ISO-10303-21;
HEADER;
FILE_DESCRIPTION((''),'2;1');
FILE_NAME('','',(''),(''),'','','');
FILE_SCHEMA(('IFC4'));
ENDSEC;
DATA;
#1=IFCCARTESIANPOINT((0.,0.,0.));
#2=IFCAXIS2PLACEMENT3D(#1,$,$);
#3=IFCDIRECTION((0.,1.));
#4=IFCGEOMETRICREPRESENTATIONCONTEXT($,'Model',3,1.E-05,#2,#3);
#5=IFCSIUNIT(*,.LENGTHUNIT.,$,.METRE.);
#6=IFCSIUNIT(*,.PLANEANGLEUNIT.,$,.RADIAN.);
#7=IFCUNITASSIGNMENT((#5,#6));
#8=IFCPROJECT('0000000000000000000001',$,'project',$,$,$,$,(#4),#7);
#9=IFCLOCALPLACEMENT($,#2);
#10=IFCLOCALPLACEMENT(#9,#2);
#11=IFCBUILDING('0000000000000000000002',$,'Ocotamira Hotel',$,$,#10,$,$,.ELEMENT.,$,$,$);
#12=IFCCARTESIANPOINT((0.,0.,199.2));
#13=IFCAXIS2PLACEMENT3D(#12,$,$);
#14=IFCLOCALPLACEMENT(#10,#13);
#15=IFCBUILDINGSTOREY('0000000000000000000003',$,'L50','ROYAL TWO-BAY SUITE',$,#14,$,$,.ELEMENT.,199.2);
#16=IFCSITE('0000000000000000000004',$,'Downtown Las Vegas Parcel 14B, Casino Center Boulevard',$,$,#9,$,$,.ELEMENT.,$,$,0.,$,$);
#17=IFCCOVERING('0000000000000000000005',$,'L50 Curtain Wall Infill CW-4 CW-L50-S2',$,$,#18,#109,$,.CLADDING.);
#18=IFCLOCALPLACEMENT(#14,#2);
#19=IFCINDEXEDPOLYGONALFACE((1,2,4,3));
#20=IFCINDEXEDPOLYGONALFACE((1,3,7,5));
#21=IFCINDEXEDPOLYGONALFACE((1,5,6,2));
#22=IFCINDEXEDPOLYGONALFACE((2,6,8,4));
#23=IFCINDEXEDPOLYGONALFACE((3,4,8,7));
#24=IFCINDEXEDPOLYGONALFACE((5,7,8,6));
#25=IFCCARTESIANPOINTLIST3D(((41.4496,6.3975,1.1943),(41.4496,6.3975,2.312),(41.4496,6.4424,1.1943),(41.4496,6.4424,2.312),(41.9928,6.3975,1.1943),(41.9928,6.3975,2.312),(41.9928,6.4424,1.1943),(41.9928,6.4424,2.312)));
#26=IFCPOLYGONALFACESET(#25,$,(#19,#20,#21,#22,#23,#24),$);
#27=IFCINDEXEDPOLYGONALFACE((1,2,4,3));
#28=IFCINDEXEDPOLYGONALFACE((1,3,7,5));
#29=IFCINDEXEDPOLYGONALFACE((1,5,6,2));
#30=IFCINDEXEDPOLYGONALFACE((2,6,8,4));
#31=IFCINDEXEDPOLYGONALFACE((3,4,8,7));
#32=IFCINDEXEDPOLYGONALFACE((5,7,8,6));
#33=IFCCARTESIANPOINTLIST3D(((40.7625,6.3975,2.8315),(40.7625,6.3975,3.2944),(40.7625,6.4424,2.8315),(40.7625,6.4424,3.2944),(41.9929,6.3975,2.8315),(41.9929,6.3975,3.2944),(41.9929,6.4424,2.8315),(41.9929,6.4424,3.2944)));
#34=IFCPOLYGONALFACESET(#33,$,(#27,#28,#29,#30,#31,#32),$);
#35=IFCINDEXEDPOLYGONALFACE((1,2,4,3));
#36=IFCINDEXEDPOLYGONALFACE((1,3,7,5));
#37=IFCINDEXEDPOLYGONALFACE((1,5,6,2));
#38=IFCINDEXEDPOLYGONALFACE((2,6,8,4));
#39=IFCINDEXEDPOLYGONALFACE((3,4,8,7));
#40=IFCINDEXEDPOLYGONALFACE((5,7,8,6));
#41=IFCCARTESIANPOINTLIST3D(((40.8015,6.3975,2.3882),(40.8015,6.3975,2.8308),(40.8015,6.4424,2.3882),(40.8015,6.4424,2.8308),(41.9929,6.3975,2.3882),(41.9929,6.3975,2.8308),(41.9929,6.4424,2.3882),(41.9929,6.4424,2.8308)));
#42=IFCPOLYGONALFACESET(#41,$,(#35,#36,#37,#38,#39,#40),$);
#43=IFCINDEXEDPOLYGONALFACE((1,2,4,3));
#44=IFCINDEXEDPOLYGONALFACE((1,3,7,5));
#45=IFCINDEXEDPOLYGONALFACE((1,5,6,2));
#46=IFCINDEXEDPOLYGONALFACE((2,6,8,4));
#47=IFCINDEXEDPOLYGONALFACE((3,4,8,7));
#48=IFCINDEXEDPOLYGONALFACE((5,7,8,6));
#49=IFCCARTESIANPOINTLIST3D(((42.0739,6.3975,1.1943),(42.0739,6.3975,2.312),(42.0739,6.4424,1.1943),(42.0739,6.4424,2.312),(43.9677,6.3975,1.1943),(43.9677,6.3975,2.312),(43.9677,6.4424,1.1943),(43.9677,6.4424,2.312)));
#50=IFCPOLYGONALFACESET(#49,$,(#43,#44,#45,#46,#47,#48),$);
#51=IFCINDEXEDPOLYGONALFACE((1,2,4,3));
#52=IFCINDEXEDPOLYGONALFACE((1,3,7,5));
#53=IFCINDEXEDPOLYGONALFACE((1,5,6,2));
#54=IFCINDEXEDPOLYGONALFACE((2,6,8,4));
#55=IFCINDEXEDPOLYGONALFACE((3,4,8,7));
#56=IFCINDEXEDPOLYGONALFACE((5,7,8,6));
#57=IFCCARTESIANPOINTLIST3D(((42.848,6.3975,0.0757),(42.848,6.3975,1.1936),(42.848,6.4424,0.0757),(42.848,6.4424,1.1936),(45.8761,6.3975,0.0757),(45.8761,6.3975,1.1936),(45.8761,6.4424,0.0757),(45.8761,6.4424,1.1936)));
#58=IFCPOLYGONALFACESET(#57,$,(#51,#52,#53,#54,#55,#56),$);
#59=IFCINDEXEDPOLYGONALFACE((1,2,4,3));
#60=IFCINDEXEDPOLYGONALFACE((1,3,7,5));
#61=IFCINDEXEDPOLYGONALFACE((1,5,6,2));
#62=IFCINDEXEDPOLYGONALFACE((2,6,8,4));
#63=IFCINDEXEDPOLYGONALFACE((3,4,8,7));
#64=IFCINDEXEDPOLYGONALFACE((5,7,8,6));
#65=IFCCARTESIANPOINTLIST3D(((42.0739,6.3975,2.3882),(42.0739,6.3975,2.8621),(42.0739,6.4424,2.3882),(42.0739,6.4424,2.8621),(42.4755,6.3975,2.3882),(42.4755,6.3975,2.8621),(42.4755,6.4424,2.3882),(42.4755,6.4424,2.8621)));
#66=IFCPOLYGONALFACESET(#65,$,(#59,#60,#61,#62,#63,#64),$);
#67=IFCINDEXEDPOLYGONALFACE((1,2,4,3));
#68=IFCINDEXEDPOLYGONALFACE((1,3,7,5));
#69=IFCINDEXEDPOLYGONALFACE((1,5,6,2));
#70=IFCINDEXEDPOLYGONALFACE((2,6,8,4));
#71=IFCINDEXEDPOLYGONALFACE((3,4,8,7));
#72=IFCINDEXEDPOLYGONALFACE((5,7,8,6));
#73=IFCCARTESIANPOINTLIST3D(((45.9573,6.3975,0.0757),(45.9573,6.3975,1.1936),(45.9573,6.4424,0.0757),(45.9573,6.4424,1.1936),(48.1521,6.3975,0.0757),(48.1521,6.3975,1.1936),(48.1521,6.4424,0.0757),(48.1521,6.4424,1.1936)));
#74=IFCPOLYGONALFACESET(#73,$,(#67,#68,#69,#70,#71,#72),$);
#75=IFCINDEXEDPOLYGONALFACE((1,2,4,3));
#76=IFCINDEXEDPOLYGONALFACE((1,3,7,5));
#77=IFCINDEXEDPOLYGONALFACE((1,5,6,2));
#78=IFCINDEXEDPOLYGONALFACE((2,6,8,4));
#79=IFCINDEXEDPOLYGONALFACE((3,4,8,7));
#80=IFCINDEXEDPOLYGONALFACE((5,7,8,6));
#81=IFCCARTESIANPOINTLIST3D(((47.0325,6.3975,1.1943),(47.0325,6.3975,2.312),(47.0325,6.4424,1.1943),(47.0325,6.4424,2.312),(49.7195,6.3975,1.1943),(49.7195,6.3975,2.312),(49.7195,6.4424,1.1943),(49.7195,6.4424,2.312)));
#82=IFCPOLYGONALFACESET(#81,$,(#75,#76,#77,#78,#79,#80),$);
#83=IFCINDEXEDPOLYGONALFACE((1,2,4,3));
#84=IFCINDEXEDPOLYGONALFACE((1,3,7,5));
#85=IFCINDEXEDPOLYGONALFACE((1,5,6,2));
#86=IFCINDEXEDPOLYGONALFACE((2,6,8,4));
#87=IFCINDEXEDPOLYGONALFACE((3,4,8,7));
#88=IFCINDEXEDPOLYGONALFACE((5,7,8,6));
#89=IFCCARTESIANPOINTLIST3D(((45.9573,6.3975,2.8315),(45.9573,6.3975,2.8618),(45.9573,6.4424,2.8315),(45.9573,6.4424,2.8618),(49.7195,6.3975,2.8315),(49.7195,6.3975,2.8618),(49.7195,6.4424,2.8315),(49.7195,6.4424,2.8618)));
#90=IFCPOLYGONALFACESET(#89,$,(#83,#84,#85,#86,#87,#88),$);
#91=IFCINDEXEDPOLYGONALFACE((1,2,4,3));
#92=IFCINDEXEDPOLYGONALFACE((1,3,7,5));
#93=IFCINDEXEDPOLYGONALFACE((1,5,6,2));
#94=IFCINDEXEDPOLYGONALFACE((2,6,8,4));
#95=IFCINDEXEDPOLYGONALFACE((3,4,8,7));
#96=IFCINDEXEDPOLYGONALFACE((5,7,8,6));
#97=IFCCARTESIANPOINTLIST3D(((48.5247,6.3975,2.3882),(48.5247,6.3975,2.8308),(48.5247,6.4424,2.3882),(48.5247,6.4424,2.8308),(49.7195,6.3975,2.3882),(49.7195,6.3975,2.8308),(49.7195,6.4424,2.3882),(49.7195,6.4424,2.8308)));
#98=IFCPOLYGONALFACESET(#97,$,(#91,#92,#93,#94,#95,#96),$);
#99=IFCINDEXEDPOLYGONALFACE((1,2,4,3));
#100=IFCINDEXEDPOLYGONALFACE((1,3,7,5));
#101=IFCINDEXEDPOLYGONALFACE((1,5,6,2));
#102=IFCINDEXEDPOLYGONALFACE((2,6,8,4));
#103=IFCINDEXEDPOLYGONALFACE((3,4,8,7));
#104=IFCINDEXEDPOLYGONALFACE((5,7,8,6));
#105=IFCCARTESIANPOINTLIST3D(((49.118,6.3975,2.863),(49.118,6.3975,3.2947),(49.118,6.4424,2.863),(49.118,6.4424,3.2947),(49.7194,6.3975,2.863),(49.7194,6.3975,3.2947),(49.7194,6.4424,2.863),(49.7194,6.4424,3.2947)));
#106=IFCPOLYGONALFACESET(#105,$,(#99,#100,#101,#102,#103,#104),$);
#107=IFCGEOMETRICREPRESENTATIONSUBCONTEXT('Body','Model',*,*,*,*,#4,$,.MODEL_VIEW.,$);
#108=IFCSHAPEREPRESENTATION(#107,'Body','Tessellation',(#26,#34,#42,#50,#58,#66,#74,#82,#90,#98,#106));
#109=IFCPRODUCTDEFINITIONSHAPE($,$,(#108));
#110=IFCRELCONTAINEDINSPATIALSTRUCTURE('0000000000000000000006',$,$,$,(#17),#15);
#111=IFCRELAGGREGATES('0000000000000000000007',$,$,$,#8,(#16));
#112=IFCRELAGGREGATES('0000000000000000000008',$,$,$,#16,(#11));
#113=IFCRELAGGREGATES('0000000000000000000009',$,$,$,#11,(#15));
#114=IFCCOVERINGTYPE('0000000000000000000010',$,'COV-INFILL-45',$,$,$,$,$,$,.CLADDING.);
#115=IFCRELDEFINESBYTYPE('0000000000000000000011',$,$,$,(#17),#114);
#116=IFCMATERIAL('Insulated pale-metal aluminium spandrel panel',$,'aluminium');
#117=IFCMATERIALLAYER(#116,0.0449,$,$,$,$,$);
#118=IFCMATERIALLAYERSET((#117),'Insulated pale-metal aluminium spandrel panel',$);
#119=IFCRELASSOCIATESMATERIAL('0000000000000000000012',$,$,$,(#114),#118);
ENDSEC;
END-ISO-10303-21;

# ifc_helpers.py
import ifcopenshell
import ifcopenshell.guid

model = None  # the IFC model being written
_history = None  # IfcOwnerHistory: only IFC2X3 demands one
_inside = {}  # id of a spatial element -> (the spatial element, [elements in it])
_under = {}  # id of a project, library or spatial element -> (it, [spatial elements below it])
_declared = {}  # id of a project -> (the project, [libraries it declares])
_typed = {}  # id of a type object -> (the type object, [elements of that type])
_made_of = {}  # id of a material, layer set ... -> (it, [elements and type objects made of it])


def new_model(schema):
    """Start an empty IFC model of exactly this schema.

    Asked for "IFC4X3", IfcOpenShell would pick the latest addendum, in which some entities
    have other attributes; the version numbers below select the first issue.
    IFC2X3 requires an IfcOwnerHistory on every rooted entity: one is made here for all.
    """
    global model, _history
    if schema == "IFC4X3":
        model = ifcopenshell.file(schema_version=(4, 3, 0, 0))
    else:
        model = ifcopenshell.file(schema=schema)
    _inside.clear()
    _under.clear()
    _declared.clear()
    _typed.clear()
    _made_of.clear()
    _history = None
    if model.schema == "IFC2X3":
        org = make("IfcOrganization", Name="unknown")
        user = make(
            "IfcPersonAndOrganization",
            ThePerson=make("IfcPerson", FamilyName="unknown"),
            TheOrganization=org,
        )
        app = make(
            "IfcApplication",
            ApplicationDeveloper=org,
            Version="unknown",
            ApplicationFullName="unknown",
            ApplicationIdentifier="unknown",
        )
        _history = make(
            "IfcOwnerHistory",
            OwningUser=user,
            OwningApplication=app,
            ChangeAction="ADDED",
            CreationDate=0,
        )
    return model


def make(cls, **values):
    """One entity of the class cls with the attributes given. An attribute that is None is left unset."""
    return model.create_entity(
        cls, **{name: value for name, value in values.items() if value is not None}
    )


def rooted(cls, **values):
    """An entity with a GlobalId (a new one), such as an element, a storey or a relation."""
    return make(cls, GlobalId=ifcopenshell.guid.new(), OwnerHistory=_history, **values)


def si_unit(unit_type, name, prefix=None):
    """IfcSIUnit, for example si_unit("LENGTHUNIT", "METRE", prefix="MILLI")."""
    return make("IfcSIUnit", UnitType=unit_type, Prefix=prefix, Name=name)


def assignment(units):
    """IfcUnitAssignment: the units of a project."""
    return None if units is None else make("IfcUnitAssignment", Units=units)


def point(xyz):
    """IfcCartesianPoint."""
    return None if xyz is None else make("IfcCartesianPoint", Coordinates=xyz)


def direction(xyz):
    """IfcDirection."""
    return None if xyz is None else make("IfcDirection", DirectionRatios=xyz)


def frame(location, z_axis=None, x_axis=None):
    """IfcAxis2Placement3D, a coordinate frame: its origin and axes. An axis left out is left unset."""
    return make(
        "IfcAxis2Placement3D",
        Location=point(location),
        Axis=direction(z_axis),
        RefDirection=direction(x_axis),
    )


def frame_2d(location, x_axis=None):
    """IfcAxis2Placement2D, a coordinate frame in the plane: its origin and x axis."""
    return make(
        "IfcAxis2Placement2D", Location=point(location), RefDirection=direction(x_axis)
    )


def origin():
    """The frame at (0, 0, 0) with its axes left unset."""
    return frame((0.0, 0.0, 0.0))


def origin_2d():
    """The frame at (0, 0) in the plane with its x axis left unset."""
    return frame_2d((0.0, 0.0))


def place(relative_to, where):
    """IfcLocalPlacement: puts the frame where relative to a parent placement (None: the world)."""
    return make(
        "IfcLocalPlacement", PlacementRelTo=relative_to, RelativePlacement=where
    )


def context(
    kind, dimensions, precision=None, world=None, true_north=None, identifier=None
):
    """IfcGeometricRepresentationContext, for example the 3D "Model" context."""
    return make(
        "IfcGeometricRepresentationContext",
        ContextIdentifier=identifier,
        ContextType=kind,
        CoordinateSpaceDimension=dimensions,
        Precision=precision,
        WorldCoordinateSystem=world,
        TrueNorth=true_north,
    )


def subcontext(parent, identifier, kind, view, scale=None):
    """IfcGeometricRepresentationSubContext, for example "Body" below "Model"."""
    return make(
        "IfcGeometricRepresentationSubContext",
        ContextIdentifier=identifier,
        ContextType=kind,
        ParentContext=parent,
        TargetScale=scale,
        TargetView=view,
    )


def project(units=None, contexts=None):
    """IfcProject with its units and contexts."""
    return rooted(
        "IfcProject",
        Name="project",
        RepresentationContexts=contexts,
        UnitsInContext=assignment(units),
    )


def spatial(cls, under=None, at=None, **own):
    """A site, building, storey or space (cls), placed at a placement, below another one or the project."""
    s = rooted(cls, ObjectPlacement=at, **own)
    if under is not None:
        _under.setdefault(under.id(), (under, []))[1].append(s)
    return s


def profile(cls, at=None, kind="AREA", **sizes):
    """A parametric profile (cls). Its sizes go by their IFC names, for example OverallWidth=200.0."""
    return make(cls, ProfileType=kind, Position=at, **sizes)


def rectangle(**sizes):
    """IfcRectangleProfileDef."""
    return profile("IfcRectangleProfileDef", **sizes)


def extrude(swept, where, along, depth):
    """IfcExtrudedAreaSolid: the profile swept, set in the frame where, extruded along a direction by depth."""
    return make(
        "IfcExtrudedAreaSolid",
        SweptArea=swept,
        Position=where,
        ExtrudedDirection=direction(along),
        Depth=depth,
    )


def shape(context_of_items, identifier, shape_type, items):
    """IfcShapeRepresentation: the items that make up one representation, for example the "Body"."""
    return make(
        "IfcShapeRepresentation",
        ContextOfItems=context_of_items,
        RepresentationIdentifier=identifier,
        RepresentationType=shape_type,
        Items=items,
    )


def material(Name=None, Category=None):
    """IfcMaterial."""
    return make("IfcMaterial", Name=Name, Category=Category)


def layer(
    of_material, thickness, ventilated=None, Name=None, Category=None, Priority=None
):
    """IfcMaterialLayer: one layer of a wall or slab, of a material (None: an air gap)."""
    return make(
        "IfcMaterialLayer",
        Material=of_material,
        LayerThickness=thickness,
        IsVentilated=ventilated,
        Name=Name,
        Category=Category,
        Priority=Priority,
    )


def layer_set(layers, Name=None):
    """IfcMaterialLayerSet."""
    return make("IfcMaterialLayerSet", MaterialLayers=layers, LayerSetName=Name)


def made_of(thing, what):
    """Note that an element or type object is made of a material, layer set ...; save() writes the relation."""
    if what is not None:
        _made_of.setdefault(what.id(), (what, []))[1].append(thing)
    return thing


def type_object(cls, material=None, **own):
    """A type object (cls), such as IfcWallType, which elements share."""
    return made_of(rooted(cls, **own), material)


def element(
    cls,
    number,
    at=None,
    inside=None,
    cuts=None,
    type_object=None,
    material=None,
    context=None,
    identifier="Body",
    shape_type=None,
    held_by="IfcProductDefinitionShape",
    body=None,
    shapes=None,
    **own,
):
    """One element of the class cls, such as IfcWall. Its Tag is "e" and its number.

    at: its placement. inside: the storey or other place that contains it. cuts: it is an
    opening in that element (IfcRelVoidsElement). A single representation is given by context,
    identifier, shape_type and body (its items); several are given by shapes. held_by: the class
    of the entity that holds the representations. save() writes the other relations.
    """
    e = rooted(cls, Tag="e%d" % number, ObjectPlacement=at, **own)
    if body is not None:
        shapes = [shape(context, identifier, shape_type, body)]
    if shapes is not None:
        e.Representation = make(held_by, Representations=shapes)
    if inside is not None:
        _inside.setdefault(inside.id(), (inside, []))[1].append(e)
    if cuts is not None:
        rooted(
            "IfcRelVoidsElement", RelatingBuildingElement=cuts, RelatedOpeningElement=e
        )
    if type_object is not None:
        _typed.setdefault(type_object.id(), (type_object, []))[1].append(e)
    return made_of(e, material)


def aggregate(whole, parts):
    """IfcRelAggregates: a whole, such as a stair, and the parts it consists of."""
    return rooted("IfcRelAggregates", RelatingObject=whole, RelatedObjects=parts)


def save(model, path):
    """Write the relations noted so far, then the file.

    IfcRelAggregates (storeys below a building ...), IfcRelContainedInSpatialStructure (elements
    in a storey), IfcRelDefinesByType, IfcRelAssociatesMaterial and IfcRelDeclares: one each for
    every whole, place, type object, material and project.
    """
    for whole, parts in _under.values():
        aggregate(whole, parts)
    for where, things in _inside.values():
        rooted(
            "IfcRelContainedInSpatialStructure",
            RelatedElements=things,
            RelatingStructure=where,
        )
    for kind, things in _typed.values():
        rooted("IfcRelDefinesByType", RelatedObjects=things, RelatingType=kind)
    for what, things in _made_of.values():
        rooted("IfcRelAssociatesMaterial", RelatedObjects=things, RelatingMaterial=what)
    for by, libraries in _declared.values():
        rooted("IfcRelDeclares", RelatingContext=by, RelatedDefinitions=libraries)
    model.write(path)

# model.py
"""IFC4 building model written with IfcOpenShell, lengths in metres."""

from ifc_helpers import new_model, si_unit, direction, frame, origin, origin_2d, place, context, subcontext, project, spatial, rectangle, extrude, material, layer, layer_set, type_object, element, save


model = new_model("IFC4")

# Units and contexts
model_context = context("Model", 3, precision=1e-05, world=origin(), true_north=direction((0.0, 1.0)))
body_context = subcontext(model_context, "Body", "Model", "MODEL_VIEW")
ifc_project = project(units=[si_unit("LENGTHUNIT", "METRE"), si_unit("PLANEANGLEUNIT", "RADIAN")], contexts=[model_context])

# Site, building, storey
site_placement = place(None, origin())
site = spatial("IfcSite", under=ifc_project, at=site_placement, Name="Downtown Las Vegas Parcel 14B, Casino Center Boulevard", CompositionType="ELEMENT", RefElevation=0.0)
building_placement = place(site_placement, origin())
building = spatial("IfcBuilding", under=site, at=building_placement, Name="Ocotamira Hotel", CompositionType="ELEMENT")
storey_placement = place(building_placement, frame((0.0, 0.0, 199.2)))
storey = spatial("IfcBuildingStorey", under=building, at=storey_placement, Name="L50", Description="ROYAL TWO-BAY SUITE", CompositionType="ELEMENT", Elevation=199.2)

# Covering
ifc_material_1 = material(Name="Insulated pale-metal aluminium spandrel panel", Category="aluminium")
ifc_layer_1 = layer(ifc_material_1, 0.0449)
ifc_layer_set_1 = layer_set([ifc_layer_1], Name="Insulated pale-metal aluminium spandrel panel")
covering_type_1 = type_object("IfcCoveringType", Name="COV-INFILL-45", PredefinedType="CLADDING", material=ifc_layer_set_1)
covering_1_placement = place(storey_placement, origin())
element("IfcCovering", 1, at=covering_1_placement, inside=storey, type_object=covering_type_1, Name="L50 Curtain Wall Infill CW-4 CW-L50-S2", PredefinedType="CLADDING", context=body_context, shape_type="SweptSolid", body=[
    extrude(rectangle(XDim=0.5432, YDim=0.0449, at=origin_2d()), frame((41.7212, 6.4199, 1.1943), z_axis=(0.0, 0.0, 1.0), x_axis=(1.0, 0.0, 0.0)), (0.0, 0.0, 1.0), 1.1177),
    extrude(rectangle(XDim=1.2305, YDim=0.0449, at=origin_2d()), frame((41.3777, 6.4199, 2.8315), z_axis=(0.0, 0.0, 1.0), x_axis=(1.0, 0.0, 0.0)), (0.0, 0.0, 1.0), 0.4629),
    extrude(rectangle(XDim=1.1914, YDim=0.0449, at=origin_2d()), frame((41.3972, 6.4199, 2.3882), z_axis=(0.0, 0.0, 1.0), x_axis=(1.0, 0.0, 0.0)), (0.0, 0.0, 1.0), 0.4426),
    extrude(rectangle(XDim=1.8938, YDim=0.0449, at=origin_2d()), frame((43.0208, 6.4199, 1.1943), z_axis=(0.0, 0.0, 1.0), x_axis=(1.0, 0.0, 0.0)), (0.0, 0.0, 1.0), 1.1177),
    extrude(rectangle(XDim=3.0281, YDim=0.0449, at=origin_2d()), frame((44.3621, 6.4199, 0.0757), z_axis=(0.0, 0.0, 1.0), x_axis=(1.0, 0.0, 0.0)), (0.0, 0.0, 1.0), 1.1179),
    extrude(rectangle(XDim=0.4016, YDim=0.0449, at=origin_2d()), frame((42.2747, 6.4199, 2.3882), z_axis=(0.0, 0.0, 1.0), x_axis=(1.0, 0.0, 0.0)), (0.0, 0.0, 1.0), 0.4739),
    extrude(rectangle(XDim=2.1948, YDim=0.0449, at=origin_2d()), frame((47.0547, 6.4199, 0.0757), z_axis=(0.0, 0.0, 1.0), x_axis=(1.0, 0.0, 0.0)), (0.0, 0.0, 1.0), 1.1179),
    extrude(rectangle(XDim=2.687, YDim=0.0449, at=origin_2d()), frame((48.376, 6.4199, 1.1943), z_axis=(0.0, 0.0, 1.0), x_axis=(1.0, 0.0, 0.0)), (0.0, 0.0, 1.0), 1.1177),
    extrude(rectangle(XDim=3.7622, YDim=0.0449, at=origin_2d()), frame((47.8384, 6.4199, 2.8315), z_axis=(0.0, 0.0, 1.0), x_axis=(1.0, 0.0, 0.0)), (0.0, 0.0, 1.0), 0.0303),
    extrude(rectangle(XDim=1.1948, YDim=0.0449, at=origin_2d()), frame((49.1221, 6.4199, 2.3882), z_axis=(0.0, 0.0, 1.0), x_axis=(1.0, 0.0, 0.0)), (0.0, 0.0, 1.0), 0.4426),
    extrude(rectangle(XDim=0.6013, YDim=0.0449, at=origin_2d()), frame((49.4187, 6.4199, 2.863), z_axis=(0.0, 0.0, 1.0), x_axis=(1.0, 0.0, 0.0)), (0.0, 0.0, 1.0), 0.4316),
])

save(model, "model.ifc")
